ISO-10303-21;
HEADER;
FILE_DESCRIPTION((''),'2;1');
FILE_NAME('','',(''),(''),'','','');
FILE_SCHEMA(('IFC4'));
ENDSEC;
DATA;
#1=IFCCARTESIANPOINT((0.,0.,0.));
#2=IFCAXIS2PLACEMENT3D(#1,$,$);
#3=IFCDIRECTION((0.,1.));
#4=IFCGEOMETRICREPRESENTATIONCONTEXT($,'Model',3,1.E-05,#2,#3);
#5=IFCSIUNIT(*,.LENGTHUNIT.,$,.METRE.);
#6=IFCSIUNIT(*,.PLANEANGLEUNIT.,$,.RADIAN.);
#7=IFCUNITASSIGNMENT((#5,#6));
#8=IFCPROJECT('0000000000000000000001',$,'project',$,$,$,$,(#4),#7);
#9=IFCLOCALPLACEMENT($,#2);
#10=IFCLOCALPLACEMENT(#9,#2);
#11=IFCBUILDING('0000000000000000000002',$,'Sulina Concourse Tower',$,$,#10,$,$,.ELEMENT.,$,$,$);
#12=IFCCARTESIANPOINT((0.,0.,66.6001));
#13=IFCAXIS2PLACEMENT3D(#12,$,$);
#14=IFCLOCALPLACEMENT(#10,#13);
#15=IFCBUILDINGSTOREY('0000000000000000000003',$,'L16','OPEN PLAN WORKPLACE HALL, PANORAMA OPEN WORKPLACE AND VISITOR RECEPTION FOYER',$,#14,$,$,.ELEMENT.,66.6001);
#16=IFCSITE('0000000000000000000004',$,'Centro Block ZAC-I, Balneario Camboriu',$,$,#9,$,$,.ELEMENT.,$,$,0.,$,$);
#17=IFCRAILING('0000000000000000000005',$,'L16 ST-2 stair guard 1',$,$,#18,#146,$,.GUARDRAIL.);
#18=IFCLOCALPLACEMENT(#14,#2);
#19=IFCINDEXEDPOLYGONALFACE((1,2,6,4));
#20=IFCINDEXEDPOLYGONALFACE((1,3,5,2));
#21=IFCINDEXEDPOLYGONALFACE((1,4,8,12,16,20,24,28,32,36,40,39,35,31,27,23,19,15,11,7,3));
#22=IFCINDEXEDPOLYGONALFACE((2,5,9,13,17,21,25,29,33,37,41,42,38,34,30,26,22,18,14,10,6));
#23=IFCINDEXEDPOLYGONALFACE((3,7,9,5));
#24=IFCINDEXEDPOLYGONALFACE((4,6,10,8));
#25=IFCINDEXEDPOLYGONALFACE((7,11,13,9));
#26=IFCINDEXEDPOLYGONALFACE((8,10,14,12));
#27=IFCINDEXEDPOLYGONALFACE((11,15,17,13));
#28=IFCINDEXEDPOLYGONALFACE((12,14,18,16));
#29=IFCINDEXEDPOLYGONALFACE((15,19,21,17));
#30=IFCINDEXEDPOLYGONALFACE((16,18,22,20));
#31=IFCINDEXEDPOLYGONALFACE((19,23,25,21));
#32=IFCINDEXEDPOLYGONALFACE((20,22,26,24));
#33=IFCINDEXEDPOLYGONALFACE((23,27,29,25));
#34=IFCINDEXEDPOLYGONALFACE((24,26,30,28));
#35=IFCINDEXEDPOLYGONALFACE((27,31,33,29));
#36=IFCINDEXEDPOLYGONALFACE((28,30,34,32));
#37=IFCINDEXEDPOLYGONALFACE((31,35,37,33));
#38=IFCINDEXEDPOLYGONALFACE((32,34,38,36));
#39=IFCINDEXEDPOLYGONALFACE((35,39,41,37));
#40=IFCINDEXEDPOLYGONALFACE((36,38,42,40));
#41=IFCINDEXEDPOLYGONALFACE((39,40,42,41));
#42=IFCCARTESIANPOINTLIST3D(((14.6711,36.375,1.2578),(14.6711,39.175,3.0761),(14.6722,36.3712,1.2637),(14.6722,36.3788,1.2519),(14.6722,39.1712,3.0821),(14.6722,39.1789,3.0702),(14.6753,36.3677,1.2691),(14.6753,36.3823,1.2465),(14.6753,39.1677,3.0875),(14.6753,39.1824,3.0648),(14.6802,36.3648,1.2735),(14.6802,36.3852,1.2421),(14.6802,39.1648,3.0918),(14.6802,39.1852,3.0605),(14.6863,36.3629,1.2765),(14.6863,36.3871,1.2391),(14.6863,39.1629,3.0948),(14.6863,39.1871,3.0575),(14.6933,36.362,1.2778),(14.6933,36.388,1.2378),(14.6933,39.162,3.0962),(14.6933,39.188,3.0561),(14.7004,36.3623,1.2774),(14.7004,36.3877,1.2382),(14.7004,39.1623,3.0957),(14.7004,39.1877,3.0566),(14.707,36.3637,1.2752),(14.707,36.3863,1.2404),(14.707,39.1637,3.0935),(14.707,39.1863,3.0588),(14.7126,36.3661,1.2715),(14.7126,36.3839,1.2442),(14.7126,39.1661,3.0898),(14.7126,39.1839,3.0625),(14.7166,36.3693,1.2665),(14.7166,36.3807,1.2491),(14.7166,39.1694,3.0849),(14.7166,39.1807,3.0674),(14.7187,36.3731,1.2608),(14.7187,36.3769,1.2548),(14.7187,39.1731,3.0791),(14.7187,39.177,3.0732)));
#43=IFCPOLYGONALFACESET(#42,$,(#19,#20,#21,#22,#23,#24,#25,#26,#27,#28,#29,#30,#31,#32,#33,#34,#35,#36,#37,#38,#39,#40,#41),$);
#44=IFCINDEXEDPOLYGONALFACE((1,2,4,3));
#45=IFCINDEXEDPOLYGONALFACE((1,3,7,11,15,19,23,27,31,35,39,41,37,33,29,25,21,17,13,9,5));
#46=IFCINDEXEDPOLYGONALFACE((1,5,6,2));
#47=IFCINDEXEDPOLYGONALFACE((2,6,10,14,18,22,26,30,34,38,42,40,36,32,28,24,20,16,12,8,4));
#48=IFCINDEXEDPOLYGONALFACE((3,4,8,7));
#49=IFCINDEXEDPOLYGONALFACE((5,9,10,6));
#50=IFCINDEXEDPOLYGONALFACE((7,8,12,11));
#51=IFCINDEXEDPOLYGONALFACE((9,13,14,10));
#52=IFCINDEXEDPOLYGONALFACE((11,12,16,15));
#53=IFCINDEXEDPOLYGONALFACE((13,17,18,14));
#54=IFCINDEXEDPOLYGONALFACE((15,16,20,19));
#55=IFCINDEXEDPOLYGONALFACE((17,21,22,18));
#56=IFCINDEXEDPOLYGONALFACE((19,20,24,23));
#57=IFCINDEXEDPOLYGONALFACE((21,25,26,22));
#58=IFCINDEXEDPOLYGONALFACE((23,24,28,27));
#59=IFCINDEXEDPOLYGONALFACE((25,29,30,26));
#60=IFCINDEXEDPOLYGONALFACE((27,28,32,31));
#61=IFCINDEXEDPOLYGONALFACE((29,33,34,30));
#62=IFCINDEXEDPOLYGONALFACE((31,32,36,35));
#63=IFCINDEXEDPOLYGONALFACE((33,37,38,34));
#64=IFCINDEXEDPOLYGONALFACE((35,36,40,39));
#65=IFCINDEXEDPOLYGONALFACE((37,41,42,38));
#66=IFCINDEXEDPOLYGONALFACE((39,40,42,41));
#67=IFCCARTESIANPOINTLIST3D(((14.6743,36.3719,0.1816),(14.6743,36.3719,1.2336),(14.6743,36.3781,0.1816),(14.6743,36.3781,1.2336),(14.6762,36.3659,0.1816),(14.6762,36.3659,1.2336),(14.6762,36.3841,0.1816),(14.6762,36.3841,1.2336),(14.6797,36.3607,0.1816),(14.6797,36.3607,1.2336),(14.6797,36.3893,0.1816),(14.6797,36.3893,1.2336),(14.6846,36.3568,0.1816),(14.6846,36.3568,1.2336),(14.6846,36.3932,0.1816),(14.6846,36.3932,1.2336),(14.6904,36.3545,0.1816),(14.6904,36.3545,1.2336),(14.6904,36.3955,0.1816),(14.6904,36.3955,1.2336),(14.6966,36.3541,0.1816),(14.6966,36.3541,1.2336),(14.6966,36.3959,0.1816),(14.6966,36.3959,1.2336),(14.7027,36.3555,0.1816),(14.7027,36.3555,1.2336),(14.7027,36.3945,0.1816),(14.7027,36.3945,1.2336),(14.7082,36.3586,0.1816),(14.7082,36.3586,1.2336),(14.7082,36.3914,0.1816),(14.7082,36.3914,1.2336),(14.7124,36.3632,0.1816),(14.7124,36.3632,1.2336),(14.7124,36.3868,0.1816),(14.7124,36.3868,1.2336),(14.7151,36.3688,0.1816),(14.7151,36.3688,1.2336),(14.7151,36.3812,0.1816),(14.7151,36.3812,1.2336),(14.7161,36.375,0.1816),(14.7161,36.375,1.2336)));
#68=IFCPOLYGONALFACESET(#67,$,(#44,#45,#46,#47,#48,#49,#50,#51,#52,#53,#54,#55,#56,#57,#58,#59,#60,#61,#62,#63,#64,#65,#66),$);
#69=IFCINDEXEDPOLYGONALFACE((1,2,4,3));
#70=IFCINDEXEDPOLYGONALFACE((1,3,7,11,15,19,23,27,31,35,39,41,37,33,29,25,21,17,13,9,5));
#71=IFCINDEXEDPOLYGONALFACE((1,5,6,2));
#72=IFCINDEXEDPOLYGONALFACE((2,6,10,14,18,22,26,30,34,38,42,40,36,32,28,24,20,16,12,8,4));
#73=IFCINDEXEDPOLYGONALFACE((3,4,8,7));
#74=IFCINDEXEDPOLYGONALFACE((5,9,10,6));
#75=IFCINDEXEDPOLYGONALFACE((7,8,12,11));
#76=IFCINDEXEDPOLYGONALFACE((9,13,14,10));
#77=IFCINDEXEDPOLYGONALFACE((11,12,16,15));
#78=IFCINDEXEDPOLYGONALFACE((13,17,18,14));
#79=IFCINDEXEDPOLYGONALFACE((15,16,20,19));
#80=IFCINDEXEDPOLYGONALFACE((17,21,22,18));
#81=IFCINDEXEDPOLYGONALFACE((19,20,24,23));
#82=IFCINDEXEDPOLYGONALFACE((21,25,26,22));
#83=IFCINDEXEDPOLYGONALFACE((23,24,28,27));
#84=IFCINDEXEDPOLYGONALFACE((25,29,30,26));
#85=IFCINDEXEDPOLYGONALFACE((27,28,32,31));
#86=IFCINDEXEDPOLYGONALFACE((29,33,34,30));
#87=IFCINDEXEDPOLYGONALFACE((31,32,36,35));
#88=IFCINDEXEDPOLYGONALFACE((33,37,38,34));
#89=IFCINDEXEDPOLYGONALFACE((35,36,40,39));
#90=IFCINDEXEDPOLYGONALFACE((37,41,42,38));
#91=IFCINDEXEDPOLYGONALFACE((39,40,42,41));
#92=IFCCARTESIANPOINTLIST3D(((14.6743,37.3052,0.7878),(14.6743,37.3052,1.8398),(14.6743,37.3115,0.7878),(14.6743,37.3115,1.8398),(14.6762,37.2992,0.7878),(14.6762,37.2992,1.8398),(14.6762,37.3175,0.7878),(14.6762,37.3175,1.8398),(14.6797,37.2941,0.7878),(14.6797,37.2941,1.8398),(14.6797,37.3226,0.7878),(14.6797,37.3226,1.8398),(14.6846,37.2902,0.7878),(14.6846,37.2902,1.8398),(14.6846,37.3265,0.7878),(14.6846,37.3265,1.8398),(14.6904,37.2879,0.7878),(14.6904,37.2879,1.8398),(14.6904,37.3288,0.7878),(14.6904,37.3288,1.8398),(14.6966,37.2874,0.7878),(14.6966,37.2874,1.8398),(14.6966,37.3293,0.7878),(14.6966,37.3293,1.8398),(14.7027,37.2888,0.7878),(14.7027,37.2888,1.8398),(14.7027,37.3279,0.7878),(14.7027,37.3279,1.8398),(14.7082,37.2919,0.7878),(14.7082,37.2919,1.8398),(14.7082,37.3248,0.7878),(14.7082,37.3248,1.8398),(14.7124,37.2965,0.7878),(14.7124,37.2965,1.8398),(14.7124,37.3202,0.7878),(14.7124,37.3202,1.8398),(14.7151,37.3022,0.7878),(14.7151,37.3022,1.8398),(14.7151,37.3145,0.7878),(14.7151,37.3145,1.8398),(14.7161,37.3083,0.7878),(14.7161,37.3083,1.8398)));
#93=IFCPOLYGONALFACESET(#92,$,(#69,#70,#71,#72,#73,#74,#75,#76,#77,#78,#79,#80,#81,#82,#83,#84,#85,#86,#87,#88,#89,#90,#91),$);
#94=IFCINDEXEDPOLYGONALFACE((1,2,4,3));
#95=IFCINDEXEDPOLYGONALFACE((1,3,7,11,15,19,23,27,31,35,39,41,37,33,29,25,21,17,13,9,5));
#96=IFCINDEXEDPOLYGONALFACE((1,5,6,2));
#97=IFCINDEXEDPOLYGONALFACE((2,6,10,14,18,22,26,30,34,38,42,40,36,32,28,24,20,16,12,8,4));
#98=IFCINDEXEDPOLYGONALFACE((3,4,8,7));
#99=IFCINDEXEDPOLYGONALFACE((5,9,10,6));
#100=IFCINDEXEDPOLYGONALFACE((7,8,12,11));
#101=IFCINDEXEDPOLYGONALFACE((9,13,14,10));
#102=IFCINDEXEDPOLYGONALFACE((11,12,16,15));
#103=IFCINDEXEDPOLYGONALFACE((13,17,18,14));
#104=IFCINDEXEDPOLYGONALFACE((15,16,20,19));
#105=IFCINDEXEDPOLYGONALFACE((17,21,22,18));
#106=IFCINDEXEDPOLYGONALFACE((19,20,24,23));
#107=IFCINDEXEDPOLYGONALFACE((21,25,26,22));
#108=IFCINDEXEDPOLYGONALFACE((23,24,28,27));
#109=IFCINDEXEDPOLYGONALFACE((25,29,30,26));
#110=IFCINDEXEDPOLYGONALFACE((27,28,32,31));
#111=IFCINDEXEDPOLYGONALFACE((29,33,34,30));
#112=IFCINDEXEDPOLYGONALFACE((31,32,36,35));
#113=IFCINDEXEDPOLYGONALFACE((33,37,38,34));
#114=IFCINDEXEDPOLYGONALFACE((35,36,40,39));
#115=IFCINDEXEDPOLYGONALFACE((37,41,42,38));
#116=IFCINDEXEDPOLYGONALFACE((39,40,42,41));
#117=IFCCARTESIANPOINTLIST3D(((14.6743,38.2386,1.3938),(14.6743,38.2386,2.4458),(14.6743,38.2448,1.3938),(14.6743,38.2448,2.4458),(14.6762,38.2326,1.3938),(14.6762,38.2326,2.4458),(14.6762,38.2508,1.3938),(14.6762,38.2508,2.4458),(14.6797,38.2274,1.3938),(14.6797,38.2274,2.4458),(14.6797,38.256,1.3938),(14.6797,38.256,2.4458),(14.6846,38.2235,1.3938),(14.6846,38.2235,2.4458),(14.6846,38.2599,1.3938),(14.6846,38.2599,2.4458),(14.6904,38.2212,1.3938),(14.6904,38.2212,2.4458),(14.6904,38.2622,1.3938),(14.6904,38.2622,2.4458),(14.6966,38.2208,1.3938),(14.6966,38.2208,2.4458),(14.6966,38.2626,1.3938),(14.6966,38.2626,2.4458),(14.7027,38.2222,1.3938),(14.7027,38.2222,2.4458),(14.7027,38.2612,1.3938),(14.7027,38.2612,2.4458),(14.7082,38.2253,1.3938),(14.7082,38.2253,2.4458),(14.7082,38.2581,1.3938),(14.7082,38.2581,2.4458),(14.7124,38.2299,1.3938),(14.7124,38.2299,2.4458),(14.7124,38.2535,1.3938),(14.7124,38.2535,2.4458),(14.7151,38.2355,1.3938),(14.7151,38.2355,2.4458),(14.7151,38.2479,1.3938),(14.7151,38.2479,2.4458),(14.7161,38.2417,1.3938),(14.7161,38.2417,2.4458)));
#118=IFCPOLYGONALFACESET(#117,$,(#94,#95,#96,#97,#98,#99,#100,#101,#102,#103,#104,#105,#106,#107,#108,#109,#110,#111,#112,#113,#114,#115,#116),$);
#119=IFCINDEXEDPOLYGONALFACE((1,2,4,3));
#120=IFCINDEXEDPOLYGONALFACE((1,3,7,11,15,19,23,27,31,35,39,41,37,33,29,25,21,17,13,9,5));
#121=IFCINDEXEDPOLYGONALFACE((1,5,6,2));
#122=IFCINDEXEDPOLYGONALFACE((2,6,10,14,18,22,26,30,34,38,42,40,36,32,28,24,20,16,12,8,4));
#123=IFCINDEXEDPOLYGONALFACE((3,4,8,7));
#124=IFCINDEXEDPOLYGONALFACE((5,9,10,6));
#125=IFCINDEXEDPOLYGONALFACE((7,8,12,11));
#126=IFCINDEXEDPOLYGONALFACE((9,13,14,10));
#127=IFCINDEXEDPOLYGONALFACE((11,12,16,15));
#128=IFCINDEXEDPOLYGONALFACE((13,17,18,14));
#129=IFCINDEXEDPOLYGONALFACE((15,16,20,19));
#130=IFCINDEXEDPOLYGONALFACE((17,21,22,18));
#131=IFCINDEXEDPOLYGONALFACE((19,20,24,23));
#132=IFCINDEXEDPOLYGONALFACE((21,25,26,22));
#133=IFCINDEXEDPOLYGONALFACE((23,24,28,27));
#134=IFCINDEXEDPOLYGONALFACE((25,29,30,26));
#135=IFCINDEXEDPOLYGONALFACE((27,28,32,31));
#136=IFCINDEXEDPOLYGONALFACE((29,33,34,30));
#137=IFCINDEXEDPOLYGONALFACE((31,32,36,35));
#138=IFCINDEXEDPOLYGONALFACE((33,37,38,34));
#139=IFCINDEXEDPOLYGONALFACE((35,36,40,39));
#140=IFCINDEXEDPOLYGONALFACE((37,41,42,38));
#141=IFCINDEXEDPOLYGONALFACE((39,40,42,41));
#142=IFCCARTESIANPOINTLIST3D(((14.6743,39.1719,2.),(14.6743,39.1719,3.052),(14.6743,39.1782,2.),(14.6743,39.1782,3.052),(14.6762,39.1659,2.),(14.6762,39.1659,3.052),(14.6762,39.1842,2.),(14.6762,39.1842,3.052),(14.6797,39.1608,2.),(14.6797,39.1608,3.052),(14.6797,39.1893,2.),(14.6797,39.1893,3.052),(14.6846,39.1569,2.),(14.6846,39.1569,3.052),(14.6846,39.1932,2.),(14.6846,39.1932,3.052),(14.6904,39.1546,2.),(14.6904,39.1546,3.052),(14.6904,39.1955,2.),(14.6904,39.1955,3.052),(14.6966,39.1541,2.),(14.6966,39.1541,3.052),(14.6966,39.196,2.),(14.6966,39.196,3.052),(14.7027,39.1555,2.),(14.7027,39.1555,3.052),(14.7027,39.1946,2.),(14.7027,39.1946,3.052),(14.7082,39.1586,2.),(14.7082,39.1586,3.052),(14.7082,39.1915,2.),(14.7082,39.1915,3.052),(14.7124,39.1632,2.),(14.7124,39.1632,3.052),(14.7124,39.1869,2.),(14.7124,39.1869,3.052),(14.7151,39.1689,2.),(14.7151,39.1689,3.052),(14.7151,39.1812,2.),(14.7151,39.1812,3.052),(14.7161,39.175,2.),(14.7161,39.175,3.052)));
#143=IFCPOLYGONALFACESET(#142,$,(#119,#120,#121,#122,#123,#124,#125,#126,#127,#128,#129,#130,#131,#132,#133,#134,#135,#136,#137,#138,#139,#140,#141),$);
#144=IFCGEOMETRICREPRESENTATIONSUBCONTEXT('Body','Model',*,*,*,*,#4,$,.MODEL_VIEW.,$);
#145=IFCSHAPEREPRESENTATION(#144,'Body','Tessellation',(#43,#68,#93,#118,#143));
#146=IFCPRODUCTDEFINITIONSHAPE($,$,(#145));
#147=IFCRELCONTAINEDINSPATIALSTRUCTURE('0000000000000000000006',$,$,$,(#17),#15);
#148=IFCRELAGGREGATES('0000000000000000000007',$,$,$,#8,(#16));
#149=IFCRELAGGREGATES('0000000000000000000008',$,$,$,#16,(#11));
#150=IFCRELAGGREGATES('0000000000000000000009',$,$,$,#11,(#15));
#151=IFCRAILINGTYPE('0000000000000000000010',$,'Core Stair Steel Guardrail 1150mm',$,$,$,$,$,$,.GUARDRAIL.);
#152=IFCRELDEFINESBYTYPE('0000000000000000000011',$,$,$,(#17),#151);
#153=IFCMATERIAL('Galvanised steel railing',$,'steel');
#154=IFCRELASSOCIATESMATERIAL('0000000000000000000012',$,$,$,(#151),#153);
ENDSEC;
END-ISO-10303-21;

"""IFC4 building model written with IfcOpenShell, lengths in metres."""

from ifc_helpers import new_model, si_unit, direction, frame, origin, origin_2d, place, context, subcontext, project, spatial, circle, extrude, material, type_object, element, save


model = new_model("IFC4")

# Units and contexts
model_context = context("Model", 3, precision=1e-05, world=origin(), true_north=direction((0.0, 1.0)))
body_context = subcontext(model_context, "Body", "Model", "MODEL_VIEW")
ifc_project = project(units=[si_unit("LENGTHUNIT", "METRE"), si_unit("PLANEANGLEUNIT", "RADIAN")], contexts=[model_context])

# Site, building, storey
site_placement = place(None, origin())
site = spatial("IfcSite", under=ifc_project, at=site_placement, Name="Centro Block ZAC-I, Balneario Camboriu", CompositionType="ELEMENT", RefElevation=0.0)
building_placement = place(site_placement, origin())
building = spatial("IfcBuilding", under=site, at=building_placement, Name="Sulina Concourse Tower", CompositionType="ELEMENT")
storey_placement = place(building_placement, frame((0.0, 0.0, 66.6001)))
storey = spatial("IfcBuildingStorey", under=building, at=storey_placement, Name="L16", Description="OPEN PLAN WORKPLACE HALL, PANORAMA OPEN WORKPLACE AND VISITOR RECEPTION FOYER", CompositionType="ELEMENT", Elevation=66.6001)

# Railing
ifc_material_1 = material(Name="Galvanised steel railing", Category="steel")
railing_type_1 = type_object("IfcRailingType", Name="Core Stair Steel Guardrail 1150mm", PredefinedType="GUARDRAIL", material=ifc_material_1)
railing_1_placement = place(storey_placement, frame((14.6951, 36.375, 0.1816)))
element("IfcRailing", 1, at=railing_1_placement, inside=storey, type_object=railing_type_1, Name="L16 ST-2 stair guard 1", PredefinedType="GUARDRAIL", context=body_context, shape_type="SweptSolid", body=[
    extrude(circle(Radius=0.0239, at=origin_2d()), frame((0.0, 0.0, 1.0762), z_axis=(0.0, 0.838672, 0.544636), x_axis=(-1.0, 0.0, 0.0)), (0.0, 0.0, 1.0), 3.3386),
    extrude(circle(Radius=0.021, at=origin_2d()), origin(), (0.0, 0.0, 1.0), 1.052),
    extrude(circle(Radius=0.021, at=origin_2d()), frame((0.0, 0.9333, 0.6062)), (0.0, 0.0, 1.0), 1.052),
    extrude(circle(Radius=0.021, at=origin_2d()), frame((0.0, 1.8667, 1.2122)), (0.0, 0.0, 1.0), 1.052),
    extrude(circle(Radius=0.021, at=origin_2d()), frame((0.0, 2.8, 1.8184)), (0.0, 0.0, 1.0), 1.052),
])

save(model, "model.ifc")
